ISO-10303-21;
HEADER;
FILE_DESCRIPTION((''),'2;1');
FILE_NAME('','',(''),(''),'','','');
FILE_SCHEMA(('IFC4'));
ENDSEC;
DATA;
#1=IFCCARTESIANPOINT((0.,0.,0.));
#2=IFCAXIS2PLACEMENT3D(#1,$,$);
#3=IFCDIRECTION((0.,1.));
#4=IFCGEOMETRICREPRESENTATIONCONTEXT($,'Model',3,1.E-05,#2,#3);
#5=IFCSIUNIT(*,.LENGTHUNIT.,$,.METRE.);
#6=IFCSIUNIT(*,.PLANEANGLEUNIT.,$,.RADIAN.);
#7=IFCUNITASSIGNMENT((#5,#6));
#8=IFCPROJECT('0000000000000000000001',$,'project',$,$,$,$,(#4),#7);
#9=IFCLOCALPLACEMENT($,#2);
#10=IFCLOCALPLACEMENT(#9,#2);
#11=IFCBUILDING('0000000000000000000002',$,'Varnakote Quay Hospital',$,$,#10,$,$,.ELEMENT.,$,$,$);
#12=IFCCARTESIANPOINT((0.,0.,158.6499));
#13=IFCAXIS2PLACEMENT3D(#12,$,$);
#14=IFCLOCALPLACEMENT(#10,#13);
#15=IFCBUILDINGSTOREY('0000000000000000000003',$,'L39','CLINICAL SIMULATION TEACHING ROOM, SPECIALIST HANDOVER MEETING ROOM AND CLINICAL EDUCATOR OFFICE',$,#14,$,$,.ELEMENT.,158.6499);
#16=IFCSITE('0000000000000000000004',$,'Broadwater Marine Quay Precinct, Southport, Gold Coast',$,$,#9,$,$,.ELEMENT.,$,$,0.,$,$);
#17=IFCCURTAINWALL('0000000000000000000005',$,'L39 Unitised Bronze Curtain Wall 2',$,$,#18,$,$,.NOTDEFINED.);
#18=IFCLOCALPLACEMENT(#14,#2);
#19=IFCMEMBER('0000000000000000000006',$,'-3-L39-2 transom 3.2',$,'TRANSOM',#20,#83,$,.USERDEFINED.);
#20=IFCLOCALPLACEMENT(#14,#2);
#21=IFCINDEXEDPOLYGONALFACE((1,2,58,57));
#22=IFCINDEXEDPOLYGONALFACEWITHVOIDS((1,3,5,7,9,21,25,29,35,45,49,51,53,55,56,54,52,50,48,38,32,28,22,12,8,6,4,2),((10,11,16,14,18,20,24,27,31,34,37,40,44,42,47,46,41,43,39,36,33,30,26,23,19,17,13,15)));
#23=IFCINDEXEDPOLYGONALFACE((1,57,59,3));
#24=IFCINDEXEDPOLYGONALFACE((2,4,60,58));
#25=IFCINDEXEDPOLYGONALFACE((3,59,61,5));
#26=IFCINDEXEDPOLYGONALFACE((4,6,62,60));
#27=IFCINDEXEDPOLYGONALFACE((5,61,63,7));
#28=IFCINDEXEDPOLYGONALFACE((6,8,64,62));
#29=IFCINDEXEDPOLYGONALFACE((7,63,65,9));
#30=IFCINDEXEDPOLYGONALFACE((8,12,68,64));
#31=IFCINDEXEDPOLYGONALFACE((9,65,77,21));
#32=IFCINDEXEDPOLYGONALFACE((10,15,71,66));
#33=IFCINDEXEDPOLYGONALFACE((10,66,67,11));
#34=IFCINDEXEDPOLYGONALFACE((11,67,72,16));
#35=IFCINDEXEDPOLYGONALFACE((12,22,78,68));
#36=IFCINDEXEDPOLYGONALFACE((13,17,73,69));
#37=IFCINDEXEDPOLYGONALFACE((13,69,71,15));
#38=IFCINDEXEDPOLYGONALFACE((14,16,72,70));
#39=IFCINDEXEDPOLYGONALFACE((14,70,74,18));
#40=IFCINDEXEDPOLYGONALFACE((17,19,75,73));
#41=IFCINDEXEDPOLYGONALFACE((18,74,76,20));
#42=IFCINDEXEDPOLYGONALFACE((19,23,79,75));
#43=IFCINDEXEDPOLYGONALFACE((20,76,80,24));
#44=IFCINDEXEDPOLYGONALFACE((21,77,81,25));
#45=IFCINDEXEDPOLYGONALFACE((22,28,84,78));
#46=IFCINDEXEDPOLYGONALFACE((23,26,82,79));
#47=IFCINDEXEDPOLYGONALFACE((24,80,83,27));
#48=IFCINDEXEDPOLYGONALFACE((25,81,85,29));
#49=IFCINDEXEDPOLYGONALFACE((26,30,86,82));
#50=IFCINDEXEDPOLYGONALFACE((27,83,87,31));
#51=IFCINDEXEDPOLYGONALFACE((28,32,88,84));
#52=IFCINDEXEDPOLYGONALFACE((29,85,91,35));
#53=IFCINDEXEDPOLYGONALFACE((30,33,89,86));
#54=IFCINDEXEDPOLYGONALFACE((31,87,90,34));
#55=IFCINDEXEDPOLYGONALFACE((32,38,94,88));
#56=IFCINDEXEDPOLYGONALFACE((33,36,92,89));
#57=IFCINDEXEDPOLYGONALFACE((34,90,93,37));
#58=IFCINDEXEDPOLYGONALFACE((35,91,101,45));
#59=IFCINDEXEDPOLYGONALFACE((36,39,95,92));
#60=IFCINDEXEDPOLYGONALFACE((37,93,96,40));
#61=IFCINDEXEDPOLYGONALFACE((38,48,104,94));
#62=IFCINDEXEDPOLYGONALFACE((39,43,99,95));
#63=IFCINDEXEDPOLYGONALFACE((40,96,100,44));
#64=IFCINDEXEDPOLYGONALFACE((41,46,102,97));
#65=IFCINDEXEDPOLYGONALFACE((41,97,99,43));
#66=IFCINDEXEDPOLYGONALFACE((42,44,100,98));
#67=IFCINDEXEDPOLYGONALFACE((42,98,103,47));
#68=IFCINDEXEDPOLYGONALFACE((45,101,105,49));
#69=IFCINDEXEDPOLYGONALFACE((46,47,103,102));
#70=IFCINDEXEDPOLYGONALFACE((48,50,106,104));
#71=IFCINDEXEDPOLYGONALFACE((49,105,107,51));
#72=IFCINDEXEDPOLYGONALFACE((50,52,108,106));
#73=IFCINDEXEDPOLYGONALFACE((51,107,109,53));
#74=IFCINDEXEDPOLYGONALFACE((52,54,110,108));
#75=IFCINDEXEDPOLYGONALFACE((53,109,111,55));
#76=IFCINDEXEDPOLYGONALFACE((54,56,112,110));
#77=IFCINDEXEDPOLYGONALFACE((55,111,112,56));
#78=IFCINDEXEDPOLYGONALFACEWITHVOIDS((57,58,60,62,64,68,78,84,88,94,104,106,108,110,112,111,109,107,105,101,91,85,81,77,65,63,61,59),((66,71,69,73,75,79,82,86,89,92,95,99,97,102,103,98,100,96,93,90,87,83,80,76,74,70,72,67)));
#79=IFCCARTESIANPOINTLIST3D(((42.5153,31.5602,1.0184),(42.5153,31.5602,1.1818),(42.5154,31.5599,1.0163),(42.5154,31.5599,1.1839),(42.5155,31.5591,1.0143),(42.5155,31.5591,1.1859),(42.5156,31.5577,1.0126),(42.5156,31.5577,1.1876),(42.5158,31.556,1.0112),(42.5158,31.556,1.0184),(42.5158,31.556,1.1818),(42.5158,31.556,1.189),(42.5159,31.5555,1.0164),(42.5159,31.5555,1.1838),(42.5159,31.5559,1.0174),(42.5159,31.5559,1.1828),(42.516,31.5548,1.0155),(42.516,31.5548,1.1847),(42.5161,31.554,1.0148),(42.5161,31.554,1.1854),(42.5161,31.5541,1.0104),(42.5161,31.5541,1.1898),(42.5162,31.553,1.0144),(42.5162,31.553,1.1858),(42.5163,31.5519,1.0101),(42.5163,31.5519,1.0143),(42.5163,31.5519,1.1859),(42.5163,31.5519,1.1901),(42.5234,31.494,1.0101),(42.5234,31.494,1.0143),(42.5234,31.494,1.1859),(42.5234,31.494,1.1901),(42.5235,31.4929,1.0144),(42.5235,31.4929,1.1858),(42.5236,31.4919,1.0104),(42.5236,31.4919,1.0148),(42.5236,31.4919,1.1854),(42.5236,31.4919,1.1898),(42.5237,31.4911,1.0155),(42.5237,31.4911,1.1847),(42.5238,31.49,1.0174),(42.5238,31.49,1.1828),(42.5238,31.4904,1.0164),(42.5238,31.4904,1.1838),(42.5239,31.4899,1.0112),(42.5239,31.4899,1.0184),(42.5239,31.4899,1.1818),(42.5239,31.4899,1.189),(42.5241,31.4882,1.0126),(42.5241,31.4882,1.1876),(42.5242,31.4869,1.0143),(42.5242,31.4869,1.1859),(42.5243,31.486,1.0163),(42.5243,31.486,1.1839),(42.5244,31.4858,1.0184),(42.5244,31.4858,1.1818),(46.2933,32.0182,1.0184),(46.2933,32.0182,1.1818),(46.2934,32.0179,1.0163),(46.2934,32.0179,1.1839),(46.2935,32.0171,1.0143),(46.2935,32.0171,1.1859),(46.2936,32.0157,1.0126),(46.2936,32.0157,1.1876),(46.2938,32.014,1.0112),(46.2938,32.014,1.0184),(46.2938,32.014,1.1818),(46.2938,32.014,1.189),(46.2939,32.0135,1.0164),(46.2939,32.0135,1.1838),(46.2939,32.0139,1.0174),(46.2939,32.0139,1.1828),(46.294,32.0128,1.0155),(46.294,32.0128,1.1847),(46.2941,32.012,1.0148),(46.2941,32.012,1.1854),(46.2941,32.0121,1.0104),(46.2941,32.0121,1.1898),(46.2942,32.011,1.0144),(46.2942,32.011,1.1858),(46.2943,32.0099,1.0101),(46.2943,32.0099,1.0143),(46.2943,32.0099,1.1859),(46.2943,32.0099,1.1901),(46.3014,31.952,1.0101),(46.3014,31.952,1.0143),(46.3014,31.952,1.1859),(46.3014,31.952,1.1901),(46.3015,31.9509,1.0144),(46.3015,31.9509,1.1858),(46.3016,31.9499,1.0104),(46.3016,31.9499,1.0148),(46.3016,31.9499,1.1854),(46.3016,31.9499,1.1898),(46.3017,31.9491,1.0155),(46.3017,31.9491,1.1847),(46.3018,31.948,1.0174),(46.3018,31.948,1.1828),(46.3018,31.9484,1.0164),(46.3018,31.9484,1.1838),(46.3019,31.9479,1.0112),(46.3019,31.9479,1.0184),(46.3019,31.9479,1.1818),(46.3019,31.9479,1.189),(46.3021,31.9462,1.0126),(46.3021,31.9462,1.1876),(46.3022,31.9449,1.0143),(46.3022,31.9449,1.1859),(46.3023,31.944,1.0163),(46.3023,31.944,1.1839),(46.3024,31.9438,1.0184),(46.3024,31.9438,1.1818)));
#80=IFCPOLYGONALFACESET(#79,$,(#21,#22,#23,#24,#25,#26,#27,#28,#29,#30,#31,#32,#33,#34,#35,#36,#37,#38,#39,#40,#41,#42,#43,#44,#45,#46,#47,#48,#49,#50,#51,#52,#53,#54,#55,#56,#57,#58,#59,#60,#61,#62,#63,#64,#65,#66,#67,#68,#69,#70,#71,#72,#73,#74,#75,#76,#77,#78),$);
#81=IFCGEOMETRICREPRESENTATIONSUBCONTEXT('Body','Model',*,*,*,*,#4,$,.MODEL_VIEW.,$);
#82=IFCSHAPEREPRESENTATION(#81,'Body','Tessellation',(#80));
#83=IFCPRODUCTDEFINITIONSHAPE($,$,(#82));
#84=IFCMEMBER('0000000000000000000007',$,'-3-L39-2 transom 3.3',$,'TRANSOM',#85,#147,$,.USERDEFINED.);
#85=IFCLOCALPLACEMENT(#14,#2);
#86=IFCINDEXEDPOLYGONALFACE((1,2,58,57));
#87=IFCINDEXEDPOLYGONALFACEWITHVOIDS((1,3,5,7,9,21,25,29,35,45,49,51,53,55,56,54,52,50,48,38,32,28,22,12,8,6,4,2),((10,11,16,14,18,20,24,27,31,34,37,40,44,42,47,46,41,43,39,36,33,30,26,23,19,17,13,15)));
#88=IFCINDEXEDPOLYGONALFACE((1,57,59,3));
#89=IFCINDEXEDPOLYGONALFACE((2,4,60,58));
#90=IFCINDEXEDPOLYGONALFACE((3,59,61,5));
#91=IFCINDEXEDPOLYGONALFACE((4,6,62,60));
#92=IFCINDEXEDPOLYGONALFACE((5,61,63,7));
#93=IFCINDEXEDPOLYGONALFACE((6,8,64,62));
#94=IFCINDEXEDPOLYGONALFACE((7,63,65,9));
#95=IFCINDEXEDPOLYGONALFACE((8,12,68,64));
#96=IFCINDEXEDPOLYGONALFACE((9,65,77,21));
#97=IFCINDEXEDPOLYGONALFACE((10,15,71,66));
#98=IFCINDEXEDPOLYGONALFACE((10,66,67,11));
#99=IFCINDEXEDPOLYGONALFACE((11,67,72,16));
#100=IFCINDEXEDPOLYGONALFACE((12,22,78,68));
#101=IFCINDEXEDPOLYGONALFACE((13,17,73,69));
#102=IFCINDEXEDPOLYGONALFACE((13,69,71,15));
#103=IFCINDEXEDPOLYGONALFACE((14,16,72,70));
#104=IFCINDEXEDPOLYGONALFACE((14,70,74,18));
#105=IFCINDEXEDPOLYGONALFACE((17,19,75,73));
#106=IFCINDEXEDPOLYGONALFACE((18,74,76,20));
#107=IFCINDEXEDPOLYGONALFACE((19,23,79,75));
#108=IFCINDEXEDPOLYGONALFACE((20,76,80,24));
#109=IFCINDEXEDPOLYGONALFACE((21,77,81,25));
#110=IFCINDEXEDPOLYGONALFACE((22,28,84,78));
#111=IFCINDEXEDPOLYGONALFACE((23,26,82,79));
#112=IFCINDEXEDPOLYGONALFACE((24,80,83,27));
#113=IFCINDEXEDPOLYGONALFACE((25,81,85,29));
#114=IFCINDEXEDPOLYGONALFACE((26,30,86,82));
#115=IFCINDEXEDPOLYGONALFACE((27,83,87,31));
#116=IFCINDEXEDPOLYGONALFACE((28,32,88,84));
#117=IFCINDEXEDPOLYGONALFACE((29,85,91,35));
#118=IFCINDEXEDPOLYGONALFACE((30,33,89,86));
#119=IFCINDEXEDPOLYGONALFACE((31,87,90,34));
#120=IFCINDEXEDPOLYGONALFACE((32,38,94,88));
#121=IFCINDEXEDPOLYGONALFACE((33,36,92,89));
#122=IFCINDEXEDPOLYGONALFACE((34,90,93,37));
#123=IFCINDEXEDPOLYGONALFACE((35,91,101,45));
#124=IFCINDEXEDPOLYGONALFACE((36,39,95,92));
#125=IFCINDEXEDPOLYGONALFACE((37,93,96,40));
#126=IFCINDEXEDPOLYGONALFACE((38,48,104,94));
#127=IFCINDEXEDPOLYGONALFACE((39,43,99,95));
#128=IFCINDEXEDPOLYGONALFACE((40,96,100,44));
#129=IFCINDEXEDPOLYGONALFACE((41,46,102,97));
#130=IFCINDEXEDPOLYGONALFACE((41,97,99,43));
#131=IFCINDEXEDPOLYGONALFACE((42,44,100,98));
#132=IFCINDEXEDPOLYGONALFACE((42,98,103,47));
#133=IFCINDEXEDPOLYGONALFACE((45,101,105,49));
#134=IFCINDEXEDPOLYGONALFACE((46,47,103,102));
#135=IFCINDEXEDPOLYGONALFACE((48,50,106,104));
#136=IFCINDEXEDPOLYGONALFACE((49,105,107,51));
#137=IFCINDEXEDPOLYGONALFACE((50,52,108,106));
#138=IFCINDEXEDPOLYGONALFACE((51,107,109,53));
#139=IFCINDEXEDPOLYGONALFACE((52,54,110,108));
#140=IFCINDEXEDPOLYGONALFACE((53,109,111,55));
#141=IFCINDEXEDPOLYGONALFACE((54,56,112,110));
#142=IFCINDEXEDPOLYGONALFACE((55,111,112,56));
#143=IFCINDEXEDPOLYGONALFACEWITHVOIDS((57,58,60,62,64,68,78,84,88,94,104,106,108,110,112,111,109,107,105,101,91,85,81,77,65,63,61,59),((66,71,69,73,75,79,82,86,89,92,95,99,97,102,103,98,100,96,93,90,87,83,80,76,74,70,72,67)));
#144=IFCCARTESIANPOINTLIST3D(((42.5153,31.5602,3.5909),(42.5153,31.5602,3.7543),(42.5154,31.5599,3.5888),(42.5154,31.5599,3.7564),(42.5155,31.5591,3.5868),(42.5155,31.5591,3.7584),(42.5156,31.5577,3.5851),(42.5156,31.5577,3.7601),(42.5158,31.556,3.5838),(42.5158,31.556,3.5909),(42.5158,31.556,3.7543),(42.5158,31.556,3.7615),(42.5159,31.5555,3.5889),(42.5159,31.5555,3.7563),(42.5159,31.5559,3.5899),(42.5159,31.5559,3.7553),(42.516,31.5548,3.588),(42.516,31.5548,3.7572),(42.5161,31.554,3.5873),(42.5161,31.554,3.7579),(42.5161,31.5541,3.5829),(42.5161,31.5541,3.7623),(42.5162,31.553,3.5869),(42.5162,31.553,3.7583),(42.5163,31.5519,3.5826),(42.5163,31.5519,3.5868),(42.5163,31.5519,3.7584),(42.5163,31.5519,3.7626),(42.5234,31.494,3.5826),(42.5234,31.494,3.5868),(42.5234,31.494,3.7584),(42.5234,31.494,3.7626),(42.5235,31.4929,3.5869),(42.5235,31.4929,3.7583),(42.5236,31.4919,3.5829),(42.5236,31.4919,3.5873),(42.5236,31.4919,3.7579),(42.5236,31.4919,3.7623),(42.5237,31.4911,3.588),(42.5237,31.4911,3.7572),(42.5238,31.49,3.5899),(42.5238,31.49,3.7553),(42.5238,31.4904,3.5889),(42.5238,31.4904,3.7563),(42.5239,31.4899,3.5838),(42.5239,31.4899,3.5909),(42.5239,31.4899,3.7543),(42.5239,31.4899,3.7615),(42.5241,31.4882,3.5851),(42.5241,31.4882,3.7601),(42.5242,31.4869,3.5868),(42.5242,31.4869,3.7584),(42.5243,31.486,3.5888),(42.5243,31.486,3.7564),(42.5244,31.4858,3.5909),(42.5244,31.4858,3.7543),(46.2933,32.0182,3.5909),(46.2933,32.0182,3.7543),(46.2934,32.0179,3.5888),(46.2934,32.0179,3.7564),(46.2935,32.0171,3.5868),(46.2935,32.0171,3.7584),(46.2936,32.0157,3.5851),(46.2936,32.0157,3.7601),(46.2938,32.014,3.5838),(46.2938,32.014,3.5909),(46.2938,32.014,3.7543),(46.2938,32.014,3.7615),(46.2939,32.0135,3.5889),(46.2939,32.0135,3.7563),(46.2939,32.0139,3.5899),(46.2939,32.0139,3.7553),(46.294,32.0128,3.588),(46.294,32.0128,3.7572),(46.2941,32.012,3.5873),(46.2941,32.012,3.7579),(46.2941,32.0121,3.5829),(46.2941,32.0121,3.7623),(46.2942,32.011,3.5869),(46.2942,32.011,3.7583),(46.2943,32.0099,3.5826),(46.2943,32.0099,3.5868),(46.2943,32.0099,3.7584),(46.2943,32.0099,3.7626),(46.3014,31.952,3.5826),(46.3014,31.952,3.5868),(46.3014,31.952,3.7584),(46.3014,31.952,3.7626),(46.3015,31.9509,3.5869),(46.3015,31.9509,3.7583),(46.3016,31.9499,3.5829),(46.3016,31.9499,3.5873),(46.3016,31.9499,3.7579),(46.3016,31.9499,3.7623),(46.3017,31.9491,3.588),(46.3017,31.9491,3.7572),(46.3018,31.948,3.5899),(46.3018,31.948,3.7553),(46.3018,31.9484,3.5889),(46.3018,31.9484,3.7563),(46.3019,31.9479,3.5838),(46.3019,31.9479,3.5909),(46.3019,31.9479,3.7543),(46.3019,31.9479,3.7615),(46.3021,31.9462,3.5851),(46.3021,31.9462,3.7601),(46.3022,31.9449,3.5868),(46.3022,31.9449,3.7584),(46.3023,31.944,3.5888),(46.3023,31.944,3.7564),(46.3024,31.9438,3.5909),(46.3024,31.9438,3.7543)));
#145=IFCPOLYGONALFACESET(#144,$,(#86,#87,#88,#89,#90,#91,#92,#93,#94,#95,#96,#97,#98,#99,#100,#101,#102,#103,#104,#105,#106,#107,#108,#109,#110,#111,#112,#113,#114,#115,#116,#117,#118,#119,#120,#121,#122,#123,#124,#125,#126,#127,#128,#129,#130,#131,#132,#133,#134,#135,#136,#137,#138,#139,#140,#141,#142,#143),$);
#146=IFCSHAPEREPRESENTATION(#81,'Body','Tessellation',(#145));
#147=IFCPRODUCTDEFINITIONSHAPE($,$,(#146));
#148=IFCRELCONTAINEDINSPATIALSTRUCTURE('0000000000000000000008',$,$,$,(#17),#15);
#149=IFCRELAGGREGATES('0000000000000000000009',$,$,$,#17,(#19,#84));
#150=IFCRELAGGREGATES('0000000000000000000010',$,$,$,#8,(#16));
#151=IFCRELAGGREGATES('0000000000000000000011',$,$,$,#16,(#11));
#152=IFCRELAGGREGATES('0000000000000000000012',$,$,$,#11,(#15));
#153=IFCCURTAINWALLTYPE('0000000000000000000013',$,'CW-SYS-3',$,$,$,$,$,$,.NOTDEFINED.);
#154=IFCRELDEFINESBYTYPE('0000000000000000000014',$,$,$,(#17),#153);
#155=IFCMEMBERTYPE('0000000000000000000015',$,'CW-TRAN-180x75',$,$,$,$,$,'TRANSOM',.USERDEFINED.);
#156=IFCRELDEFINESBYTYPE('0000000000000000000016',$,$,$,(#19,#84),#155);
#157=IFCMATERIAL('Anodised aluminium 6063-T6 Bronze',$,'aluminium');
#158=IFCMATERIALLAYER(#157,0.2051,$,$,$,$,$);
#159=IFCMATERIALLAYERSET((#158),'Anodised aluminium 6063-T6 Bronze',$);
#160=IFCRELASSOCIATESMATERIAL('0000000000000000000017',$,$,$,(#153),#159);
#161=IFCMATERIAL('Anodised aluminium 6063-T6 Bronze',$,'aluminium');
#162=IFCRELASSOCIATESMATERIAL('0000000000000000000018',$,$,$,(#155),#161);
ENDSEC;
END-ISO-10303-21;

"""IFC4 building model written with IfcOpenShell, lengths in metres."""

from ifc_helpers import new_model, si_unit, direction, frame, origin, origin_2d, place, context, subcontext, project, spatial, hollow_rectangle, extrude, material, layer, layer_set, material_profile, profile_set, type_object, element, aggregate, save


model = new_model("IFC4")

# Units and contexts
model_context = context("Model", 3, precision=1e-05, world=origin(), true_north=direction((0.0, 1.0)))
body_context = subcontext(model_context, "Body", "Model", "MODEL_VIEW")
ifc_project = project(units=[si_unit("LENGTHUNIT", "METRE"), si_unit("PLANEANGLEUNIT", "RADIAN")], contexts=[model_context])

# Site, building, storey
site_placement = place(None, origin())
site = spatial("IfcSite", under=ifc_project, at=site_placement, Name="Broadwater Marine Quay Precinct, Southport, Gold Coast", CompositionType="ELEMENT", RefElevation=0.0)
building_placement = place(site_placement, origin())
building = spatial("IfcBuilding", under=site, at=building_placement, Name="Varnakote Quay Hospital", CompositionType="ELEMENT")
storey_placement = place(building_placement, frame((0.0, 0.0, 158.6499)))
storey = spatial("IfcBuildingStorey", under=building, at=storey_placement, Name="L39", Description="CLINICAL SIMULATION TEACHING ROOM, SPECIALIST HANDOVER MEETING ROOM AND CLINICAL EDUCATOR OFFICE", CompositionType="ELEMENT", Elevation=158.6499)

# Curtain wall, members
ifc_material_1 = material(Name="Anodised aluminium 6063-T6 Bronze", Category="aluminium")
ifc_layer_1 = layer(ifc_material_1, 0.2051)
ifc_layer_set_1 = layer_set([ifc_layer_1], Name="Anodised aluminium 6063-T6 Bronze")
curtain_wall_type = type_object("IfcCurtainWallType", Name="CW-SYS-3", PredefinedType="NOTDEFINED", material=ifc_layer_set_1)
curtain_wall_placement = place(storey_placement, origin())
curtain_wall = element("IfcCurtainWall", 1, at=curtain_wall_placement, inside=storey, type_object=curtain_wall_type, Name="L39 Unitised Bronze Curtain Wall 2", PredefinedType="NOTDEFINED")
ifc_material_2 = material(Name="Anodised aluminium 6063-T6 Bronze", Category="aluminium")
ifc_material_profile_1 = material_profile(ifc_material_2, hollow_rectangle(XDim=0.075, YDim=0.1799, WallThickness=0.0042, InnerFilletRadius=0.0042, OuterFilletRadius=0.0083, at=origin_2d()), Name="CW-TRAN-180x75")
ifc_profile_set_1 = profile_set([ifc_material_profile_1], Name="Anodised aluminium 6063-T6 Bronze")
member_type_1 = type_object("IfcMemberType", Name="CW-TRAN-180x75", ElementType="TRANSOM", PredefinedType="USERDEFINED", material=ifc_profile_set_1)
member_1_placement = place(storey_placement, frame((46.2979, 31.981, 1.1001), z_axis=(-0.992732, -0.120347, 0.0), x_axis=(0.120347, -0.992732, 0.0)))
member_1 = element("IfcMember", 2, at=member_1_placement, type_object=member_type_1, Name="-3-L39-2 transom 3.2", ObjectType="TRANSOM", PredefinedType="USERDEFINED", context=body_context, shape_type="SweptSolid", body=[
    extrude(hollow_rectangle(XDim=0.075, YDim=0.1799, WallThickness=0.0042, InnerFilletRadius=0.0042, OuterFilletRadius=0.0083, at=origin_2d()), origin(), (0.0, 0.0, 1.0), 3.8057),
])
member_2_placement = place(storey_placement, frame((46.2979, 31.981, 3.6726), z_axis=(-0.992732, -0.120347, 0.0), x_axis=(0.120347, -0.992732, 0.0)))
member_2 = element("IfcMember", 3, at=member_2_placement, type_object=member_type_1, Name="-3-L39-2 transom 3.3", ObjectType="TRANSOM", PredefinedType="USERDEFINED", context=body_context, shape_type="SweptSolid", body=[
    extrude(hollow_rectangle(XDim=0.075, YDim=0.1799, WallThickness=0.0042, InnerFilletRadius=0.0042, OuterFilletRadius=0.0083, at=origin_2d()), origin(), (0.0, 0.0, 1.0), 3.8057),
])

aggregate(curtain_wall, [member_1, member_2])

save(model, "model.ifc")
